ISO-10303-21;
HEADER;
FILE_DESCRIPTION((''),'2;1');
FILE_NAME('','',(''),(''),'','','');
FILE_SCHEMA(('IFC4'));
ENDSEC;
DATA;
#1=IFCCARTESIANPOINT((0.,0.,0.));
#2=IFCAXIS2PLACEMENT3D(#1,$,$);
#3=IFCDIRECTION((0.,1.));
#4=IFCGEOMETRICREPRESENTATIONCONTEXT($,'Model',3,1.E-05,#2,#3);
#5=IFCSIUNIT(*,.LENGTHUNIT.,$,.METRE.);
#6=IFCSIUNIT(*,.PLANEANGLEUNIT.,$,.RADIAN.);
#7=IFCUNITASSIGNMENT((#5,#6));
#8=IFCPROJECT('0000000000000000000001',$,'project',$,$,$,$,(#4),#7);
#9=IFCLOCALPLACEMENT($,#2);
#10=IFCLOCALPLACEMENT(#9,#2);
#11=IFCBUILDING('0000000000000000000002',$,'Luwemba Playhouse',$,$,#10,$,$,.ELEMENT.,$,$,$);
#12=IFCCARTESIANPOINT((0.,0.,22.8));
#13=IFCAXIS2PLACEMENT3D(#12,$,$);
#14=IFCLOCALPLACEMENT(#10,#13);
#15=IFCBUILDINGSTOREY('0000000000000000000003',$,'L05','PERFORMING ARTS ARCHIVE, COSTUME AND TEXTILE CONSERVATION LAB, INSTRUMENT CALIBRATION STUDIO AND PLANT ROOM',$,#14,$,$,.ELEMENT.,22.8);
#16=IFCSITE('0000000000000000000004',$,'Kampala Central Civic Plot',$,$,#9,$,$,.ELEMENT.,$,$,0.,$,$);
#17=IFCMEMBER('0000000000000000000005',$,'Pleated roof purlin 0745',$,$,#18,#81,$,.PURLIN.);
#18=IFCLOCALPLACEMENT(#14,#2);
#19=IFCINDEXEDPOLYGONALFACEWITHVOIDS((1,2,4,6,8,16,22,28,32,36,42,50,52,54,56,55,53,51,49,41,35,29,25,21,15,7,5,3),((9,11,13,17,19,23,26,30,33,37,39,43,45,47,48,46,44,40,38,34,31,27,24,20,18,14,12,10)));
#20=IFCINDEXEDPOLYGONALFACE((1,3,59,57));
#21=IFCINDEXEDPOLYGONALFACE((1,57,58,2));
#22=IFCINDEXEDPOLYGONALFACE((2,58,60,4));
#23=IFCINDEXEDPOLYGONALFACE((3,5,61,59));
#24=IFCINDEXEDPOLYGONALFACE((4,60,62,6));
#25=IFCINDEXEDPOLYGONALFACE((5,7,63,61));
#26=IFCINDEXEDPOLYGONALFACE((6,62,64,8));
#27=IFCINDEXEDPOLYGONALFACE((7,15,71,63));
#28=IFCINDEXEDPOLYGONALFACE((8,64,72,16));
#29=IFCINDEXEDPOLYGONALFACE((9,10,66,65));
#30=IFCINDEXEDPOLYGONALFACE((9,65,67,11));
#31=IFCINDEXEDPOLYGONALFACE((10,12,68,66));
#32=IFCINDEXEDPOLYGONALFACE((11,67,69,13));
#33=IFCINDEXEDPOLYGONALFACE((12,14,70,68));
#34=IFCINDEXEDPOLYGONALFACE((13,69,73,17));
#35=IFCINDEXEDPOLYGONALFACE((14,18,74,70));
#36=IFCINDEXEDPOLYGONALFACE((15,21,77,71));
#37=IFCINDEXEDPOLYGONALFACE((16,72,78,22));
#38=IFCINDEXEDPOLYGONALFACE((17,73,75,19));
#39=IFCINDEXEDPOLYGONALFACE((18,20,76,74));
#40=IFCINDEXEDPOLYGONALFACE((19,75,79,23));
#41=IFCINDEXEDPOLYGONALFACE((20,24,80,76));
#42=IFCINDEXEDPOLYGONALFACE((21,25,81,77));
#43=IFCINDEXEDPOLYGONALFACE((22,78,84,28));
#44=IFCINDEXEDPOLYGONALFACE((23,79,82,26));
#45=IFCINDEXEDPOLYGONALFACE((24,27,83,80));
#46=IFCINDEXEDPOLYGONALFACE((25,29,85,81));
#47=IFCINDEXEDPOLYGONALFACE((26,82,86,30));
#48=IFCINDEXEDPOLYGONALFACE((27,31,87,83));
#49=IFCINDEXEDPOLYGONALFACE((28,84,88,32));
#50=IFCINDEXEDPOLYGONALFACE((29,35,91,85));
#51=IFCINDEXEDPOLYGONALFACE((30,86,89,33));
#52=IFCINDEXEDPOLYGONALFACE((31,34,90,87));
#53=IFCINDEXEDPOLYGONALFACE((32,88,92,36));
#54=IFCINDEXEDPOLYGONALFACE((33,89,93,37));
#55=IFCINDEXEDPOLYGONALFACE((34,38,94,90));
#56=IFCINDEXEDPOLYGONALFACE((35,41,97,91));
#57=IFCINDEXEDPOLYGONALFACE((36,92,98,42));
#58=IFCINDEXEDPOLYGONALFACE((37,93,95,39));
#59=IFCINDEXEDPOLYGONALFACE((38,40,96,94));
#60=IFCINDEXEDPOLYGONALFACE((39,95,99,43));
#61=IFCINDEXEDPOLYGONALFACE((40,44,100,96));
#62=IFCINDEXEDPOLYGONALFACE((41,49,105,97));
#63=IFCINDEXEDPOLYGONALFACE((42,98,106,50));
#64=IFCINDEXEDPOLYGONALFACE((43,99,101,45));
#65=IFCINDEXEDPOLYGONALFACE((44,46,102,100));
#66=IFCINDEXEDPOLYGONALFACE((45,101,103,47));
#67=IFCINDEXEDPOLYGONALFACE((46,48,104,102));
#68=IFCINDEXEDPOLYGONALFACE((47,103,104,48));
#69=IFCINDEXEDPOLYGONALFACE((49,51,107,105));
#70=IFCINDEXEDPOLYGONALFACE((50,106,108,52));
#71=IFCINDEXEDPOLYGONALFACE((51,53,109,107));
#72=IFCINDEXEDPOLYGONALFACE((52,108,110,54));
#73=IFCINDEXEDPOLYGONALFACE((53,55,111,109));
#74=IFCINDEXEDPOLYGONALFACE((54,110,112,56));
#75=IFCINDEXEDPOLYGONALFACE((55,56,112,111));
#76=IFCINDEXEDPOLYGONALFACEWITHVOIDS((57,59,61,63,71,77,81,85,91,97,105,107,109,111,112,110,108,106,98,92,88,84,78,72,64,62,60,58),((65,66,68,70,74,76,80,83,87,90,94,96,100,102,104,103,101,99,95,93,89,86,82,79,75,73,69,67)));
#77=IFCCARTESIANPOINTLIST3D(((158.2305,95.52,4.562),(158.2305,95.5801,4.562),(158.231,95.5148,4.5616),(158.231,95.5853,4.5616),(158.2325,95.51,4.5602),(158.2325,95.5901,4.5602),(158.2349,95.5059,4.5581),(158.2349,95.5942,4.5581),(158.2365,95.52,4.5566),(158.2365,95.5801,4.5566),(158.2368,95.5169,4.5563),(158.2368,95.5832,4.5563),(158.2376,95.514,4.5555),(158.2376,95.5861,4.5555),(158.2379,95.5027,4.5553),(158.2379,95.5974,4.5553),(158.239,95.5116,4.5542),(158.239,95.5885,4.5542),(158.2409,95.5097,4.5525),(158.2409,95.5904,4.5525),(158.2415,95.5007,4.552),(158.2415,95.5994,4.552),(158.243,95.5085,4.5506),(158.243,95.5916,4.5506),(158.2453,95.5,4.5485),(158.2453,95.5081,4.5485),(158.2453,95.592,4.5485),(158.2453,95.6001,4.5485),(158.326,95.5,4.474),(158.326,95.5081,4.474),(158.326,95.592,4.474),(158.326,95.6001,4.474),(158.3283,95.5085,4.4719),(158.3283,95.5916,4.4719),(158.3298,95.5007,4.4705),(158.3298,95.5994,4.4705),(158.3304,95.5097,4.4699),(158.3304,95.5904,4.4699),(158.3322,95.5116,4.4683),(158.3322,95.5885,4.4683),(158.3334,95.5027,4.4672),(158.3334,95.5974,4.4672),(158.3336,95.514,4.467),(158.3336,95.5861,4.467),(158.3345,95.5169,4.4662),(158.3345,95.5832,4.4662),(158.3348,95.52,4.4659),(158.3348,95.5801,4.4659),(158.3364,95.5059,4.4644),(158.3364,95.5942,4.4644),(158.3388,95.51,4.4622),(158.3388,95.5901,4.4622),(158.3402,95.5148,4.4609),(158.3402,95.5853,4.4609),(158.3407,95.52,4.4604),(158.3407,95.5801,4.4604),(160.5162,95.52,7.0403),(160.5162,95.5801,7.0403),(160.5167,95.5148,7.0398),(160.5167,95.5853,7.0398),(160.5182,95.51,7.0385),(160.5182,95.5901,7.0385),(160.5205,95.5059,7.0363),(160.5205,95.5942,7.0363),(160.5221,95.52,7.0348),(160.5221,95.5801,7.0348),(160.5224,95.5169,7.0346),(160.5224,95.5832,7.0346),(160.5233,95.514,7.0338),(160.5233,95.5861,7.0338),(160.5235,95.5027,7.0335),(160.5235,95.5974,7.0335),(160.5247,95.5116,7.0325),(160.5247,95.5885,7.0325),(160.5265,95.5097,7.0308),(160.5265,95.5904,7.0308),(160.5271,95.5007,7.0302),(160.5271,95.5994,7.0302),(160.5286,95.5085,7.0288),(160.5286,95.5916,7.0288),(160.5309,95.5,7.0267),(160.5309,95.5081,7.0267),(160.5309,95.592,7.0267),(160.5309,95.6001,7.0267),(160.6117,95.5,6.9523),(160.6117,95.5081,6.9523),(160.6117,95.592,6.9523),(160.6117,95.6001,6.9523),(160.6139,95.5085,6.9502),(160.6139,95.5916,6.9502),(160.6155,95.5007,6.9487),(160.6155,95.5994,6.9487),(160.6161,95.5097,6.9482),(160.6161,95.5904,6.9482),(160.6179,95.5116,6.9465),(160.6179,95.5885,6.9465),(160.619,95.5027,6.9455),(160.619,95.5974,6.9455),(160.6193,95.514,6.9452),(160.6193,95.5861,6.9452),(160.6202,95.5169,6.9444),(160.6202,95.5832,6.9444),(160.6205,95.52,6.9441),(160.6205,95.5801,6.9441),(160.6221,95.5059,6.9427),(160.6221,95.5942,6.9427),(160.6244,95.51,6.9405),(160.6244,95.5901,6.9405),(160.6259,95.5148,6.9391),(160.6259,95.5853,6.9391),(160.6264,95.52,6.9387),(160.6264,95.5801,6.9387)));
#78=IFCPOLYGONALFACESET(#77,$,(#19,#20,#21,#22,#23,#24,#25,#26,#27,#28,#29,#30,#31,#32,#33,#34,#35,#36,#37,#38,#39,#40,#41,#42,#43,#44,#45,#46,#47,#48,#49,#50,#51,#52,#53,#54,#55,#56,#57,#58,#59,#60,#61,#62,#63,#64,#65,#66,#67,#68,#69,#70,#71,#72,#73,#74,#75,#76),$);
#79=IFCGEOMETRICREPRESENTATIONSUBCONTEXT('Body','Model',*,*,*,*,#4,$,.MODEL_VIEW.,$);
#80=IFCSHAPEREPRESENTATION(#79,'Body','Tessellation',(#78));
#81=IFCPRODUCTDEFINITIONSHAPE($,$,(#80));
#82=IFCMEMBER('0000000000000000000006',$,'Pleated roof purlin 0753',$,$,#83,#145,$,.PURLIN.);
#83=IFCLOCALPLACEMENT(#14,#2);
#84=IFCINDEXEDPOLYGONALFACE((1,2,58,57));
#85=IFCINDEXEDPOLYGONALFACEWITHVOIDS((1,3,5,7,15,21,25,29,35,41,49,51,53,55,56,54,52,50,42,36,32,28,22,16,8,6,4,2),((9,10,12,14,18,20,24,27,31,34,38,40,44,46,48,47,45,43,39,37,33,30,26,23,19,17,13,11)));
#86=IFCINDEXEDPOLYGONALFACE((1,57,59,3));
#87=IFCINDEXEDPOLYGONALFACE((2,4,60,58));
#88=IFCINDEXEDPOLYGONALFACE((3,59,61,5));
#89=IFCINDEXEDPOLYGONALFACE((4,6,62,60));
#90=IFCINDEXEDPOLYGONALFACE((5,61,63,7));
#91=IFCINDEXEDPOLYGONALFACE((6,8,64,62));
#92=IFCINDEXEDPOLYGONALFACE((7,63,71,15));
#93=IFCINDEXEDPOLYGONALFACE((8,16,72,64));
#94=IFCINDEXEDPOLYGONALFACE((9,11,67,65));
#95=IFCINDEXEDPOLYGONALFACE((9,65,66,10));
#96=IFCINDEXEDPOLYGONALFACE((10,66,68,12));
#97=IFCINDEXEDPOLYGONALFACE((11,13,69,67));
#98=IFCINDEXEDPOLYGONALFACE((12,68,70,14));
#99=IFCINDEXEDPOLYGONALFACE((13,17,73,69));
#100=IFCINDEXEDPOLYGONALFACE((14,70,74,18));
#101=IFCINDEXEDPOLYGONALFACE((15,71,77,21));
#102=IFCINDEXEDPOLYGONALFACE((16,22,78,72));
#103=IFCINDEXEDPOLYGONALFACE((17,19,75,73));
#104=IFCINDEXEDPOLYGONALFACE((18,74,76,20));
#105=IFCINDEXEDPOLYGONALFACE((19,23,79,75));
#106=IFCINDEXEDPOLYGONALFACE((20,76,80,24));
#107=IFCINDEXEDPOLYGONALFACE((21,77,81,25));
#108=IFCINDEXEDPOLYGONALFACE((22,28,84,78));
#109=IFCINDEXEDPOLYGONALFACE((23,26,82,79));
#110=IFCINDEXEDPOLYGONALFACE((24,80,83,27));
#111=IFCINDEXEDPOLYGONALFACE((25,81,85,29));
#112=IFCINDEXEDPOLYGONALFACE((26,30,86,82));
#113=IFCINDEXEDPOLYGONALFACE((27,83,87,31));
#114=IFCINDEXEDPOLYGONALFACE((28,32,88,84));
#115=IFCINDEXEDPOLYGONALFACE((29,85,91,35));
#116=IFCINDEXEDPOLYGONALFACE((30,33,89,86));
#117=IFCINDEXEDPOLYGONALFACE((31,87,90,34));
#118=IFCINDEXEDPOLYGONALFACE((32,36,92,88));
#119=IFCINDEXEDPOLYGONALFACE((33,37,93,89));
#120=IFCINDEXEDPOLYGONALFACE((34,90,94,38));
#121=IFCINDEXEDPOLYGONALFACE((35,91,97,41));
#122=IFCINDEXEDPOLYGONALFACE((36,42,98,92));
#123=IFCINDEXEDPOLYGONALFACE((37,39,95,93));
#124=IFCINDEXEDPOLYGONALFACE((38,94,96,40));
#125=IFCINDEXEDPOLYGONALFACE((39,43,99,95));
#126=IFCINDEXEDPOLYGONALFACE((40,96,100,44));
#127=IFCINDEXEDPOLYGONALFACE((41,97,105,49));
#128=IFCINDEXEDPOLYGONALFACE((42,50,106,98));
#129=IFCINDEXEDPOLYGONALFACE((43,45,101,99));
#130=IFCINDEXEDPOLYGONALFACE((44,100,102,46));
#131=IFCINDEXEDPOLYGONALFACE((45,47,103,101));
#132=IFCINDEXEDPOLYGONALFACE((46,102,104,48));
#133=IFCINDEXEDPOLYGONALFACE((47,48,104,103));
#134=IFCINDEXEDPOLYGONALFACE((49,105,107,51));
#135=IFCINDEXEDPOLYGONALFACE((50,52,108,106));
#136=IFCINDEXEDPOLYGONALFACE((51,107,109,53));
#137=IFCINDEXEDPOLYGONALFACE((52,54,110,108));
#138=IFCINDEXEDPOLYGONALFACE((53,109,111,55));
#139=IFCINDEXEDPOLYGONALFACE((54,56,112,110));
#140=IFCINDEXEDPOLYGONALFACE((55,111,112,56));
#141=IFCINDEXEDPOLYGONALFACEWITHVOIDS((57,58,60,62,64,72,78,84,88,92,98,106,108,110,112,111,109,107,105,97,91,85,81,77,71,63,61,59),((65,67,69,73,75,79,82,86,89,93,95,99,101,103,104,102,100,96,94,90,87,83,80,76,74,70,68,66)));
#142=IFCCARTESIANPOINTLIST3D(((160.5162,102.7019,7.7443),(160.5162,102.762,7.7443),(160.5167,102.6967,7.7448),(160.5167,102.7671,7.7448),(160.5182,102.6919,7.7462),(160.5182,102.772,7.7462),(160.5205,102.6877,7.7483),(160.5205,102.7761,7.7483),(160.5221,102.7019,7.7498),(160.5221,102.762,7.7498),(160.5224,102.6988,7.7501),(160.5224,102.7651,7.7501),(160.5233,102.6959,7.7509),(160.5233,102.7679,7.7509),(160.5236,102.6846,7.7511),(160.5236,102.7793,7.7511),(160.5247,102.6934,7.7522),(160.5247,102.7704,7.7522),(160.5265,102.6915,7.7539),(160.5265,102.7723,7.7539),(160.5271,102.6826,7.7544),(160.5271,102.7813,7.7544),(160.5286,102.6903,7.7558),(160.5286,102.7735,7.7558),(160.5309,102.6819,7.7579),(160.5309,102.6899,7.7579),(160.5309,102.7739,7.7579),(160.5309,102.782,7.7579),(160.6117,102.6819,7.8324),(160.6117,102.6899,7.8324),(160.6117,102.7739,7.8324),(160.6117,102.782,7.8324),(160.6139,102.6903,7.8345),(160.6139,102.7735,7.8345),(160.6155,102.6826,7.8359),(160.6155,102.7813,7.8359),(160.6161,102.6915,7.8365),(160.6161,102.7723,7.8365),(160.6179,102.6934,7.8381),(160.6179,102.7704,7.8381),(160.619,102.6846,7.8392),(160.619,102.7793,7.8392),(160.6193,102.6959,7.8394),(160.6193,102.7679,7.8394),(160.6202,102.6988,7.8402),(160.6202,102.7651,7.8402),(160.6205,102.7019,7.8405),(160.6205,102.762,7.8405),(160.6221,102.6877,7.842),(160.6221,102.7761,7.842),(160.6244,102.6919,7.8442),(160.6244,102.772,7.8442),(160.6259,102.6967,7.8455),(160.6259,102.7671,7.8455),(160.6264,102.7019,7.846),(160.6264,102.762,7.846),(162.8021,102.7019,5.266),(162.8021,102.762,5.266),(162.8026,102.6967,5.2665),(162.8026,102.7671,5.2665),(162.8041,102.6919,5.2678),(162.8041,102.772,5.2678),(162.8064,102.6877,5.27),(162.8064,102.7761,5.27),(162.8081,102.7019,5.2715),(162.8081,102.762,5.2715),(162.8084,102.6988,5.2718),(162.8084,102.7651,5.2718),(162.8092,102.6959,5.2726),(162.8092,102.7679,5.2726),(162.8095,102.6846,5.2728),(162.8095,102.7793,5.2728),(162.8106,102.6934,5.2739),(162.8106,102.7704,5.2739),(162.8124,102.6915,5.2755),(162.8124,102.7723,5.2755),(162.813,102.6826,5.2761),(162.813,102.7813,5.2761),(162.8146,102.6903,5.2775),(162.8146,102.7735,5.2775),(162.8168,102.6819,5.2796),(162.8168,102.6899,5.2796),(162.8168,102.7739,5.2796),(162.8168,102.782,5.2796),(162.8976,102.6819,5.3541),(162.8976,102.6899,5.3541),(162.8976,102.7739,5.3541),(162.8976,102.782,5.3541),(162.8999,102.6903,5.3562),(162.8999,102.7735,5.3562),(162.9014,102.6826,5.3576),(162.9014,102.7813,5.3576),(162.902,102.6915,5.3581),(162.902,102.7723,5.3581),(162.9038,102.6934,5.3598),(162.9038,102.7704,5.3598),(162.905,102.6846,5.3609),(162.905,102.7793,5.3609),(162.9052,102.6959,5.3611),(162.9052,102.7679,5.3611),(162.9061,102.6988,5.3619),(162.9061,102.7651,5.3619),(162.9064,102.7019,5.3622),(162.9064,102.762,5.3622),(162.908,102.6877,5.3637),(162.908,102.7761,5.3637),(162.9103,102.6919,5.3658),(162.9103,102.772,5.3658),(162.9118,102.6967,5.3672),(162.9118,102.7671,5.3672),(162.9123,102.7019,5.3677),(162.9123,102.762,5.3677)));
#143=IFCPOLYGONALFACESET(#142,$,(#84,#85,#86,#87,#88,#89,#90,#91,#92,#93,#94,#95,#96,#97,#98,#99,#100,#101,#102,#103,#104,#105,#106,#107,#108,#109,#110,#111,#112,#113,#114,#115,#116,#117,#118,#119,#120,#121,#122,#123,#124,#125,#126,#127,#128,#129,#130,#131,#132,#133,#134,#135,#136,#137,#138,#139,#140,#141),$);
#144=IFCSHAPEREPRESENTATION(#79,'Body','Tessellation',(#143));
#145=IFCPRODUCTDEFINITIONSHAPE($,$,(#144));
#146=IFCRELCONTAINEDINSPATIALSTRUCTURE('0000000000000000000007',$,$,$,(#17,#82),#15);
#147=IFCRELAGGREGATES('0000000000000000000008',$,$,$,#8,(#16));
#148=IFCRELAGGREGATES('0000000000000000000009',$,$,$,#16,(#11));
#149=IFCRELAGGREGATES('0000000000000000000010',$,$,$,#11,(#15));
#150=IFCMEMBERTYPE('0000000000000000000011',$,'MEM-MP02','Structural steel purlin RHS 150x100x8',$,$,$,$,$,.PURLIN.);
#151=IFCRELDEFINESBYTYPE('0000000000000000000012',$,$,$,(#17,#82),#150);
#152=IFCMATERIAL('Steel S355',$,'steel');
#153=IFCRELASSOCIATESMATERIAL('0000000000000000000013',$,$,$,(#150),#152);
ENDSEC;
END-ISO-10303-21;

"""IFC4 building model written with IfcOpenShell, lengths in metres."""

from ifc_helpers import new_model, si_unit, direction, frame, origin, origin_2d, place, context, subcontext, project, spatial, hollow_rectangle, extrude, material, material_profile, profile_set, type_object, element, save


model = new_model("IFC4")

# Units and contexts
model_context = context("Model", 3, precision=1e-05, world=origin(), true_north=direction((0.0, 1.0)))
body_context = subcontext(model_context, "Body", "Model", "MODEL_VIEW")
ifc_project = project(units=[si_unit("LENGTHUNIT", "METRE"), si_unit("PLANEANGLEUNIT", "RADIAN")], contexts=[model_context])

# Site, building, storey
site_placement = place(None, origin())
site = spatial("IfcSite", under=ifc_project, at=site_placement, Name="Kampala Central Civic Plot", CompositionType="ELEMENT", RefElevation=0.0)
building_placement = place(site_placement, origin())
building = spatial("IfcBuilding", under=site, at=building_placement, Name="Luwemba Playhouse", CompositionType="ELEMENT")
storey_placement = place(building_placement, frame((0.0, 0.0, 22.8)))
storey = spatial("IfcBuildingStorey", under=building, at=storey_placement, Name="L05", Description="PERFORMING ARTS ARCHIVE, COSTUME AND TEXTILE CONSERVATION LAB, INSTRUMENT CALIBRATION STUDIO AND PLANT ROOM", CompositionType="ELEMENT", Elevation=22.8)

# Shared definitions
ifc_material_1 = material(Name="Steel S355", Category="steel")

# Members
ifc_material_profile_1 = material_profile(ifc_material_1, hollow_rectangle(XDim=0.1001, YDim=0.1499, WallThickness=0.0081, InnerFilletRadius=0.012, OuterFilletRadius=0.02, at=origin_2d()))
ifc_profile_set_1 = profile_set([ifc_material_profile_1], Name="Steel S355")
member_type_1 = type_object("IfcMemberType", Name="MEM-MP02", Description="Structural steel purlin RHS 150x100x8", PredefinedType="PURLIN", material=ifc_profile_set_1)
member_1_placement = place(storey_placement, frame((158.2856, 95.55, 4.5112), z_axis=(0.677961, 0.0, 0.735098), x_axis=(0.0, 1.0, 0.0)))
element("IfcMember", 1, at=member_1_placement, inside=storey, type_object=member_type_1, Name="Pleated roof purlin 0745", PredefinedType="PURLIN", context=body_context, shape_type="SweptSolid", body=[
    extrude(hollow_rectangle(XDim=0.1001, YDim=0.1499, WallThickness=0.0081, InnerFilletRadius=0.012, OuterFilletRadius=0.02, at=origin_2d()), origin(), (0.0, 0.0, 1.0), 3.3713),
])
member_2_placement = place(storey_placement, frame((160.5713, 102.7319, 7.7952), z_axis=(0.678, 0.0, -0.735062), x_axis=(0.0, 1.0, 0.0)))
element("IfcMember", 2, at=member_2_placement, inside=storey, type_object=member_type_1, Name="Pleated roof purlin 0753", PredefinedType="PURLIN", context=body_context, shape_type="SweptSolid", body=[
    extrude(hollow_rectangle(XDim=0.1001, YDim=0.1499, WallThickness=0.0081, InnerFilletRadius=0.012, OuterFilletRadius=0.02, at=origin_2d()), origin(), (0.0, 0.0, 1.0), 3.3716),
])

save(model, "model.ifc")
